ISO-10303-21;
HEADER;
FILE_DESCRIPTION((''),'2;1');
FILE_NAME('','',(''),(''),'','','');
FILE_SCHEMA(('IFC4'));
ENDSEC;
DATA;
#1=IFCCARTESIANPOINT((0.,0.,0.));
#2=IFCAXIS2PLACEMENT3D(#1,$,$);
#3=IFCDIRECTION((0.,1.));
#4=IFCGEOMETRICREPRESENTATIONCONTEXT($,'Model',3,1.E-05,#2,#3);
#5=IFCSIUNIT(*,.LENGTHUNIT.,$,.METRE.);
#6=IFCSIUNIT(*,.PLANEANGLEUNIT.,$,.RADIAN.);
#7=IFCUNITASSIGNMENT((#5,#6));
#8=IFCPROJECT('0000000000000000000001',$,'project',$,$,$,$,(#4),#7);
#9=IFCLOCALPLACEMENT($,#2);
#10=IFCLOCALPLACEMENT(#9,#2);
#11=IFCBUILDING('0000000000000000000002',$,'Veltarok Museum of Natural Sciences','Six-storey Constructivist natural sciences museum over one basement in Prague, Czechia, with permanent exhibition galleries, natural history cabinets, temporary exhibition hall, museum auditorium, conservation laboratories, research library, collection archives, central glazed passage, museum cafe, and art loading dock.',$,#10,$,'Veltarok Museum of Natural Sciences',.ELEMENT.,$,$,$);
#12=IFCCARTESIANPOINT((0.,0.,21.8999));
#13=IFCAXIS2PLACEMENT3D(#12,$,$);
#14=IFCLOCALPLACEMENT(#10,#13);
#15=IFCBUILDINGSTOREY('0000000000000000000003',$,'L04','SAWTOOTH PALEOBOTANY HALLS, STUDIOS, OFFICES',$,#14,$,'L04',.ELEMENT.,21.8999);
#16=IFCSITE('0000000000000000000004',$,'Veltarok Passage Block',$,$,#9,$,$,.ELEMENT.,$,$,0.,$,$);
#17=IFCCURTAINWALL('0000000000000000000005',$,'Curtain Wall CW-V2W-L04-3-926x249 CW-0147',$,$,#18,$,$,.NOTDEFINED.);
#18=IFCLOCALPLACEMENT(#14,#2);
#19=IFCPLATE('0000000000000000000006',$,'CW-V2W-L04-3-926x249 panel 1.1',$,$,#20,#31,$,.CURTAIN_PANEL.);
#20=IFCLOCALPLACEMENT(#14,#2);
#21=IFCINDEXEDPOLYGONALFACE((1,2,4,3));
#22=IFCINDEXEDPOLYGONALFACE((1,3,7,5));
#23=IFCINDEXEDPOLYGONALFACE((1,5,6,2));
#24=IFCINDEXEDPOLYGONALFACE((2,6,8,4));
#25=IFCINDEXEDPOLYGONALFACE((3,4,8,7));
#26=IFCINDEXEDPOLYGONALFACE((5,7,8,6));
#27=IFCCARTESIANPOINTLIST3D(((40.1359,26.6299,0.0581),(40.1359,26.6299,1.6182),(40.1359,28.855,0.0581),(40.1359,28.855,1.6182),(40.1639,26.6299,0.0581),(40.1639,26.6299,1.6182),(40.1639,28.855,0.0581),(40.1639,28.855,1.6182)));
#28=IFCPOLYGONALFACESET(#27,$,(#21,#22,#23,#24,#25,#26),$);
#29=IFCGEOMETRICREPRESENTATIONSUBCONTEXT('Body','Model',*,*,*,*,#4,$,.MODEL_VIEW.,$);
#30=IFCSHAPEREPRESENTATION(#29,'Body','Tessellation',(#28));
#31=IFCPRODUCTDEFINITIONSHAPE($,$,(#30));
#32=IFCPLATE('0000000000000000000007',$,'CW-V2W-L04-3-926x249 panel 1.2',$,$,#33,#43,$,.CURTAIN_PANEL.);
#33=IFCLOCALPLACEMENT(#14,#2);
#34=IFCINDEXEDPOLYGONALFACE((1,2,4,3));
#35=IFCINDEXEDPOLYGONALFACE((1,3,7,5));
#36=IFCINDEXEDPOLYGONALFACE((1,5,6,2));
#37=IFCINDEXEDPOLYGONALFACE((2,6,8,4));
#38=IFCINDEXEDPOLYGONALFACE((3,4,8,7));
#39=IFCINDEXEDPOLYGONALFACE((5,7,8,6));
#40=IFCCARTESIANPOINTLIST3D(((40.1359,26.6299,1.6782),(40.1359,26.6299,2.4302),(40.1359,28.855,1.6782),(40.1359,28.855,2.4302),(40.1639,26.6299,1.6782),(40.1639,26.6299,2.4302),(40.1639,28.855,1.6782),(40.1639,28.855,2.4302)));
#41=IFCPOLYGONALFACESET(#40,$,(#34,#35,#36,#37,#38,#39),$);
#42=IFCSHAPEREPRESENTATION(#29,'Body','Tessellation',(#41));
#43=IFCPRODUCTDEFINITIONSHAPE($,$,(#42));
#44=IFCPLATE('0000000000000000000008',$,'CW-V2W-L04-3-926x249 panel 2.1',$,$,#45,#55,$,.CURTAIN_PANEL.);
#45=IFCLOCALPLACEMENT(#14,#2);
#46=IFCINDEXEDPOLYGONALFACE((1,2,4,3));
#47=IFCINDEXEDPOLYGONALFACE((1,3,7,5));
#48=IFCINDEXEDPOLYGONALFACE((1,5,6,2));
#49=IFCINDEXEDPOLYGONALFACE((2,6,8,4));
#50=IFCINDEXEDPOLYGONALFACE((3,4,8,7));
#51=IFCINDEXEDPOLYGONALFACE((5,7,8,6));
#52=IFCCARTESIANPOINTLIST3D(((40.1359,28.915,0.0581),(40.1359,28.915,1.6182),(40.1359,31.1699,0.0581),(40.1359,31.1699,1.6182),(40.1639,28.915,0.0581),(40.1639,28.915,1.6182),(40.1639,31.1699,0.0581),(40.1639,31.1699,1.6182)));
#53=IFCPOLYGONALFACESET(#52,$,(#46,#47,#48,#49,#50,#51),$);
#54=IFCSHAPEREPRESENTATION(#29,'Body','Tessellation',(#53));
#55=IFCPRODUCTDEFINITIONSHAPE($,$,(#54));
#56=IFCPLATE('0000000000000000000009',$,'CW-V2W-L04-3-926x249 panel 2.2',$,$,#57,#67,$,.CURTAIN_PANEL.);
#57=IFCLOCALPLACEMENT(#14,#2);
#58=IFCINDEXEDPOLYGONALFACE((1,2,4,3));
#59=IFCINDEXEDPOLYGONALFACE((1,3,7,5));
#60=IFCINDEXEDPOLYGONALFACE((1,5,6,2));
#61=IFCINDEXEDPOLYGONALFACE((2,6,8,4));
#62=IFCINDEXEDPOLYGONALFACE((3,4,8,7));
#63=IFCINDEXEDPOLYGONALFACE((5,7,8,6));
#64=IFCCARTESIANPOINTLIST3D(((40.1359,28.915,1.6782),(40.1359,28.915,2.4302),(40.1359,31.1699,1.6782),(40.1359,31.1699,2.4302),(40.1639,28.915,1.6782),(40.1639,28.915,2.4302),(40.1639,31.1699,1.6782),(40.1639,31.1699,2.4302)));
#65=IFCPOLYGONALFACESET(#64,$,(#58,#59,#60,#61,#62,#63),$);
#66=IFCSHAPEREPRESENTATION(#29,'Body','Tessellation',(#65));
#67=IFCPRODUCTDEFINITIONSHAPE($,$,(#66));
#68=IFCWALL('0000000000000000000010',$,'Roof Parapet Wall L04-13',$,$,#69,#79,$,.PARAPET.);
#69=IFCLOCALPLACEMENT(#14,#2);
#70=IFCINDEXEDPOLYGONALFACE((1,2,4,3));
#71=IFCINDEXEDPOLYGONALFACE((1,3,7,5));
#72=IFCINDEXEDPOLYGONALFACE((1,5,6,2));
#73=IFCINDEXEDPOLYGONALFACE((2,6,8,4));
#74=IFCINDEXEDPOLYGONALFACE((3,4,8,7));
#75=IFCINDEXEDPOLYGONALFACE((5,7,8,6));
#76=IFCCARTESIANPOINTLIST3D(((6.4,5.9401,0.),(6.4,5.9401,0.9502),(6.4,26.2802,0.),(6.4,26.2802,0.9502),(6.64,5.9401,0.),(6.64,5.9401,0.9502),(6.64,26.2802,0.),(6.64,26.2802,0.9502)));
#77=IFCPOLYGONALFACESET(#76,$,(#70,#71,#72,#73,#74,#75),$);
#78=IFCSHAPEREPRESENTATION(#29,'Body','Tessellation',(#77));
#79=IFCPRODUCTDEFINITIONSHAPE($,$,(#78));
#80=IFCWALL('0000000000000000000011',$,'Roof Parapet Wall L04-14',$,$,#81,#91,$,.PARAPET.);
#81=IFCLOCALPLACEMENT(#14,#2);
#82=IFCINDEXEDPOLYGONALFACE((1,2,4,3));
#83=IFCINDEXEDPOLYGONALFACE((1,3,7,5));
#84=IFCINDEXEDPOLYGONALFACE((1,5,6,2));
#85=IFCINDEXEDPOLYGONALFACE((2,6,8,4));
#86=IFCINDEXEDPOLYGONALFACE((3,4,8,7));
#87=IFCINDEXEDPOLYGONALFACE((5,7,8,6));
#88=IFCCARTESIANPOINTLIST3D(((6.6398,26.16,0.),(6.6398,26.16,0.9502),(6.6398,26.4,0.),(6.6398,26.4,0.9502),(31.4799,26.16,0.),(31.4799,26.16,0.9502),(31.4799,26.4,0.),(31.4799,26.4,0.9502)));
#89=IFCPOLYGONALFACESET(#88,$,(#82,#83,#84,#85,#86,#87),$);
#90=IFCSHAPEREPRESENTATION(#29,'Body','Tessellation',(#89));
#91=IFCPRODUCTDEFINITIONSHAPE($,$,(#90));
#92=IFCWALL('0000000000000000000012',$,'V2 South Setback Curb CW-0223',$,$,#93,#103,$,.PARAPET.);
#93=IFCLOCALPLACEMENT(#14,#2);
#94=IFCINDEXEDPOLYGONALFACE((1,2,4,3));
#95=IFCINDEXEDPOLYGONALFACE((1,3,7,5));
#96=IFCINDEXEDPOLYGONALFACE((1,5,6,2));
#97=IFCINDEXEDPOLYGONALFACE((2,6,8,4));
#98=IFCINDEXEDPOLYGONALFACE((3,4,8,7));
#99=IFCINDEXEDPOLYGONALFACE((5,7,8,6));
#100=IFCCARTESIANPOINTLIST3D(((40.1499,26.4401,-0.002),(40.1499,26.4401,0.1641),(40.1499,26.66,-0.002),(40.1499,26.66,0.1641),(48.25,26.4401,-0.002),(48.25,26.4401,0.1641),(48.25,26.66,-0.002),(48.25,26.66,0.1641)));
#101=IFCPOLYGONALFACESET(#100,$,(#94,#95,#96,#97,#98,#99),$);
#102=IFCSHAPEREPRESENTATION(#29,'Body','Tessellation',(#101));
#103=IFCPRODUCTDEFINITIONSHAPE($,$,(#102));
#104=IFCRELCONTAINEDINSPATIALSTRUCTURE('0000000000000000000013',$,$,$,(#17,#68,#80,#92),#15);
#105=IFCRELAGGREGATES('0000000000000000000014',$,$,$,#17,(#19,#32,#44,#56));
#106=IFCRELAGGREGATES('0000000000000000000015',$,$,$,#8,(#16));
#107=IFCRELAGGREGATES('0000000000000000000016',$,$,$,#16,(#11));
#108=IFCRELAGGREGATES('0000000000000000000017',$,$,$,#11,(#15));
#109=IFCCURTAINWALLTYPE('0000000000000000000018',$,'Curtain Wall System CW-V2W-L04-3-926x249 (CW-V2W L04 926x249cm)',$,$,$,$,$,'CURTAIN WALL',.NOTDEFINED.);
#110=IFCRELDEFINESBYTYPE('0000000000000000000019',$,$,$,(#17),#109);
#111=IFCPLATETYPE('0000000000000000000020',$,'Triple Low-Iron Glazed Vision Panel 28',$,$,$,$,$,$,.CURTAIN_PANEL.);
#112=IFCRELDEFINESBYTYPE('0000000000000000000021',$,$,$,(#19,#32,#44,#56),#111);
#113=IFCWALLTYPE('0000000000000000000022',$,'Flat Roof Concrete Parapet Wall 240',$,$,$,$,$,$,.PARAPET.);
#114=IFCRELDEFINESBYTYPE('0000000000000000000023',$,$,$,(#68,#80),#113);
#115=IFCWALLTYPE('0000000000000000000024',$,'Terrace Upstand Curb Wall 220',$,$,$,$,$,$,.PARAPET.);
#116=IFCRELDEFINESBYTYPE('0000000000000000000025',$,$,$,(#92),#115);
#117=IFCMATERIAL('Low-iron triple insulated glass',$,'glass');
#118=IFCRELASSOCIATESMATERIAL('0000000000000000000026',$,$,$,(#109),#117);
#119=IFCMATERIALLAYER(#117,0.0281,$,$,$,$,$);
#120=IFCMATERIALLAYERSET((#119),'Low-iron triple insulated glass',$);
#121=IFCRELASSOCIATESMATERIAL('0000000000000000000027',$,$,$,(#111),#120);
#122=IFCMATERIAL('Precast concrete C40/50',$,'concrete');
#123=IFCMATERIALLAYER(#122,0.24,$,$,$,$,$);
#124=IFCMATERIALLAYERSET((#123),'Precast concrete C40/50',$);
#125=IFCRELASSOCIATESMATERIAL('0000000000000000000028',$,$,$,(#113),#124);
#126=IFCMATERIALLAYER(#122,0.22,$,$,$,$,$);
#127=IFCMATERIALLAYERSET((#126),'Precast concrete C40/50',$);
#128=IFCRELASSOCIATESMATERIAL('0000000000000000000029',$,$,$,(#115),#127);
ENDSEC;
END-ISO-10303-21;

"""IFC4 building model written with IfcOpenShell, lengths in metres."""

from ifc_helpers import new_model, si_unit, direction, frame, frame_2d, origin, origin_2d, place, context, subcontext, project, spatial, rectangle, extrude, material, layer, layer_set, type_object, element, aggregate, save


model = new_model("IFC4")

# Units and contexts
model_context = context("Model", 3, precision=1e-05, world=origin(), true_north=direction((0.0, 1.0)))
body_context = subcontext(model_context, "Body", "Model", "MODEL_VIEW")
ifc_project = project(units=[si_unit("LENGTHUNIT", "METRE"), si_unit("PLANEANGLEUNIT", "RADIAN")], contexts=[model_context])

# Site, building, storey
site_placement = place(None, origin())
site = spatial("IfcSite", under=ifc_project, at=site_placement, Name="Veltarok Passage Block", CompositionType="ELEMENT", RefElevation=0.0)
building_placement = place(site_placement, origin())
building = spatial("IfcBuilding", under=site, at=building_placement, Name="Veltarok Museum of Natural Sciences", Description="Six-storey Constructivist natural sciences museum over one basement in Prague, Czechia, with permanent exhibition galleries, natural history cabinets, temporary exhibition hall, museum auditorium, conservation laboratories, research library, collection archives, central glazed passage, museum cafe, and art loading dock.", LongName="Veltarok Museum of Natural Sciences", CompositionType="ELEMENT")
storey_placement = place(building_placement, frame((0.0, 0.0, 21.8999)))
storey = spatial("IfcBuildingStorey", under=building, at=storey_placement, Name="L04", Description="SAWTOOTH PALEOBOTANY HALLS, STUDIOS, OFFICES", LongName="L04", CompositionType="ELEMENT", Elevation=21.8999)

# Curtain wall
ifc_material_1 = material(Name="Low-iron triple insulated glass", Category="glass")
curtain_wall_type = type_object("IfcCurtainWallType", Name="Curtain Wall System CW-V2W-L04-3-926x249 (CW-V2W L04 926x249cm)", ElementType="CURTAIN WALL", PredefinedType="NOTDEFINED", material=ifc_material_1)
curtain_wall_placement = place(storey_placement, origin())
curtain_wall = element("IfcCurtainWall", 1, at=curtain_wall_placement, inside=storey, type_object=curtain_wall_type, Name="Curtain Wall CW-V2W-L04-3-926x249 CW-0147", PredefinedType="NOTDEFINED")

# Plates
ifc_layer_1 = layer(ifc_material_1, 0.0281)
ifc_layer_set_1 = layer_set([ifc_layer_1], Name="Low-iron triple insulated glass")
plate_type = type_object("IfcPlateType", Name="Triple Low-Iron Glazed Vision Panel 28", PredefinedType="CURTAIN_PANEL", material=ifc_layer_set_1)
plate_1_placement = place(storey_placement, frame((40.1499, 27.7424, 0.0581), z_axis=(0.0, 0.0, 1.0), x_axis=(0.0, 1.0, 0.0)))
plate_1 = element("IfcPlate", 2, at=plate_1_placement, type_object=plate_type, Name="CW-V2W-L04-3-926x249 panel 1.1", PredefinedType="CURTAIN_PANEL", context=body_context, shape_type="SweptSolid", body=[
    extrude(rectangle(XDim=2.2251, YDim=0.0281, at=origin_2d()), origin(), (0.0, 0.0, 1.0), 1.5601),
])
plate_2_placement = place(storey_placement, frame((40.1499, 27.7424, 1.6782), z_axis=(0.0, 0.0, 1.0), x_axis=(0.0, 1.0, 0.0)))
plate_2 = element("IfcPlate", 3, at=plate_2_placement, type_object=plate_type, Name="CW-V2W-L04-3-926x249 panel 1.2", PredefinedType="CURTAIN_PANEL", context=body_context, shape_type="SweptSolid", body=[
    extrude(rectangle(XDim=2.2251, YDim=0.0281, at=origin_2d()), origin(), (0.0, 0.0, 1.0), 0.752),
])
plate_3_placement = place(storey_placement, frame((40.1499, 30.0425, 0.0581), z_axis=(0.0, 0.0, 1.0), x_axis=(0.0, 1.0, 0.0)))
plate_3 = element("IfcPlate", 4, at=plate_3_placement, type_object=plate_type, Name="CW-V2W-L04-3-926x249 panel 2.1", PredefinedType="CURTAIN_PANEL", context=body_context, shape_type="SweptSolid", body=[
    extrude(rectangle(XDim=2.2549, YDim=0.0281, at=origin_2d()), origin(), (0.0, 0.0, 1.0), 1.5601),
])
plate_4_placement = place(storey_placement, frame((40.1499, 30.0425, 1.6782), z_axis=(0.0, 0.0, 1.0), x_axis=(0.0, 1.0, 0.0)))
plate_4 = element("IfcPlate", 5, at=plate_4_placement, type_object=plate_type, Name="CW-V2W-L04-3-926x249 panel 2.2", PredefinedType="CURTAIN_PANEL", context=body_context, shape_type="SweptSolid", body=[
    extrude(rectangle(XDim=2.2549, YDim=0.0281, at=origin_2d()), origin(), (0.0, 0.0, 1.0), 0.752),
])
aggregate(curtain_wall, [plate_1, plate_2, plate_3, plate_4])

# Walls
ifc_material_2 = material(Name="Precast concrete C40/50", Category="concrete")
ifc_layer_2 = layer(ifc_material_2, 0.24)
ifc_layer_set_2 = layer_set([ifc_layer_2], Name="Precast concrete C40/50")
wall_type_1 = type_object("IfcWallType", Name="Flat Roof Concrete Parapet Wall 240", PredefinedType="PARAPET", material=ifc_layer_set_2)
wall_1_placement = place(storey_placement, frame((6.52, 26.28, 0.0), z_axis=(0.0, 0.0, 1.0), x_axis=(0.0, -1.0, 0.0)))
element("IfcWall", 6, at=wall_1_placement, inside=storey, type_object=wall_type_1, Name="Roof Parapet Wall L04-13", PredefinedType="PARAPET", context=body_context, shape_type="SweptSolid", body=[
    extrude(rectangle(XDim=20.3401, YDim=0.24, at=frame_2d((10.1699, 0.0))), origin(), (0.0, 0.0, 1.0), 0.9502),
])
wall_2_placement = place(storey_placement, frame((6.6399, 26.28, 0.0), z_axis=(0.0, 0.0, 1.0), x_axis=(1.0, 0.0, 0.0)))
element("IfcWall", 7, at=wall_2_placement, inside=storey, type_object=wall_type_1, Name="Roof Parapet Wall L04-14", PredefinedType="PARAPET", context=body_context, shape_type="SweptSolid", body=[
    extrude(rectangle(XDim=24.8401, YDim=0.24, at=frame_2d((12.4199, 0.0))), origin(), (0.0, 0.0, 1.0), 0.9502),
])
ifc_layer_3 = layer(ifc_material_2, 0.22)
ifc_layer_set_3 = layer_set([ifc_layer_3], Name="Precast concrete C40/50")
wall_type_2 = type_object("IfcWallType", Name="Terrace Upstand Curb Wall 220", PredefinedType="PARAPET", material=ifc_layer_set_3)
wall_3_placement = place(storey_placement, frame((40.1499, 26.55, -0.002), z_axis=(0.0, 0.0, 1.0), x_axis=(1.0, 0.0, 0.0)))
element("IfcWall", 8, at=wall_3_placement, inside=storey, type_object=wall_type_2, Name="V2 South Setback Curb CW-0223", PredefinedType="PARAPET", context=body_context, shape_type="SweptSolid", body=[
    extrude(rectangle(XDim=8.1001, YDim=0.22, at=frame_2d((4.05, 0.0))), origin(), (0.0, 0.0, 1.0), 0.166),
])

save(model, "model.ifc")
